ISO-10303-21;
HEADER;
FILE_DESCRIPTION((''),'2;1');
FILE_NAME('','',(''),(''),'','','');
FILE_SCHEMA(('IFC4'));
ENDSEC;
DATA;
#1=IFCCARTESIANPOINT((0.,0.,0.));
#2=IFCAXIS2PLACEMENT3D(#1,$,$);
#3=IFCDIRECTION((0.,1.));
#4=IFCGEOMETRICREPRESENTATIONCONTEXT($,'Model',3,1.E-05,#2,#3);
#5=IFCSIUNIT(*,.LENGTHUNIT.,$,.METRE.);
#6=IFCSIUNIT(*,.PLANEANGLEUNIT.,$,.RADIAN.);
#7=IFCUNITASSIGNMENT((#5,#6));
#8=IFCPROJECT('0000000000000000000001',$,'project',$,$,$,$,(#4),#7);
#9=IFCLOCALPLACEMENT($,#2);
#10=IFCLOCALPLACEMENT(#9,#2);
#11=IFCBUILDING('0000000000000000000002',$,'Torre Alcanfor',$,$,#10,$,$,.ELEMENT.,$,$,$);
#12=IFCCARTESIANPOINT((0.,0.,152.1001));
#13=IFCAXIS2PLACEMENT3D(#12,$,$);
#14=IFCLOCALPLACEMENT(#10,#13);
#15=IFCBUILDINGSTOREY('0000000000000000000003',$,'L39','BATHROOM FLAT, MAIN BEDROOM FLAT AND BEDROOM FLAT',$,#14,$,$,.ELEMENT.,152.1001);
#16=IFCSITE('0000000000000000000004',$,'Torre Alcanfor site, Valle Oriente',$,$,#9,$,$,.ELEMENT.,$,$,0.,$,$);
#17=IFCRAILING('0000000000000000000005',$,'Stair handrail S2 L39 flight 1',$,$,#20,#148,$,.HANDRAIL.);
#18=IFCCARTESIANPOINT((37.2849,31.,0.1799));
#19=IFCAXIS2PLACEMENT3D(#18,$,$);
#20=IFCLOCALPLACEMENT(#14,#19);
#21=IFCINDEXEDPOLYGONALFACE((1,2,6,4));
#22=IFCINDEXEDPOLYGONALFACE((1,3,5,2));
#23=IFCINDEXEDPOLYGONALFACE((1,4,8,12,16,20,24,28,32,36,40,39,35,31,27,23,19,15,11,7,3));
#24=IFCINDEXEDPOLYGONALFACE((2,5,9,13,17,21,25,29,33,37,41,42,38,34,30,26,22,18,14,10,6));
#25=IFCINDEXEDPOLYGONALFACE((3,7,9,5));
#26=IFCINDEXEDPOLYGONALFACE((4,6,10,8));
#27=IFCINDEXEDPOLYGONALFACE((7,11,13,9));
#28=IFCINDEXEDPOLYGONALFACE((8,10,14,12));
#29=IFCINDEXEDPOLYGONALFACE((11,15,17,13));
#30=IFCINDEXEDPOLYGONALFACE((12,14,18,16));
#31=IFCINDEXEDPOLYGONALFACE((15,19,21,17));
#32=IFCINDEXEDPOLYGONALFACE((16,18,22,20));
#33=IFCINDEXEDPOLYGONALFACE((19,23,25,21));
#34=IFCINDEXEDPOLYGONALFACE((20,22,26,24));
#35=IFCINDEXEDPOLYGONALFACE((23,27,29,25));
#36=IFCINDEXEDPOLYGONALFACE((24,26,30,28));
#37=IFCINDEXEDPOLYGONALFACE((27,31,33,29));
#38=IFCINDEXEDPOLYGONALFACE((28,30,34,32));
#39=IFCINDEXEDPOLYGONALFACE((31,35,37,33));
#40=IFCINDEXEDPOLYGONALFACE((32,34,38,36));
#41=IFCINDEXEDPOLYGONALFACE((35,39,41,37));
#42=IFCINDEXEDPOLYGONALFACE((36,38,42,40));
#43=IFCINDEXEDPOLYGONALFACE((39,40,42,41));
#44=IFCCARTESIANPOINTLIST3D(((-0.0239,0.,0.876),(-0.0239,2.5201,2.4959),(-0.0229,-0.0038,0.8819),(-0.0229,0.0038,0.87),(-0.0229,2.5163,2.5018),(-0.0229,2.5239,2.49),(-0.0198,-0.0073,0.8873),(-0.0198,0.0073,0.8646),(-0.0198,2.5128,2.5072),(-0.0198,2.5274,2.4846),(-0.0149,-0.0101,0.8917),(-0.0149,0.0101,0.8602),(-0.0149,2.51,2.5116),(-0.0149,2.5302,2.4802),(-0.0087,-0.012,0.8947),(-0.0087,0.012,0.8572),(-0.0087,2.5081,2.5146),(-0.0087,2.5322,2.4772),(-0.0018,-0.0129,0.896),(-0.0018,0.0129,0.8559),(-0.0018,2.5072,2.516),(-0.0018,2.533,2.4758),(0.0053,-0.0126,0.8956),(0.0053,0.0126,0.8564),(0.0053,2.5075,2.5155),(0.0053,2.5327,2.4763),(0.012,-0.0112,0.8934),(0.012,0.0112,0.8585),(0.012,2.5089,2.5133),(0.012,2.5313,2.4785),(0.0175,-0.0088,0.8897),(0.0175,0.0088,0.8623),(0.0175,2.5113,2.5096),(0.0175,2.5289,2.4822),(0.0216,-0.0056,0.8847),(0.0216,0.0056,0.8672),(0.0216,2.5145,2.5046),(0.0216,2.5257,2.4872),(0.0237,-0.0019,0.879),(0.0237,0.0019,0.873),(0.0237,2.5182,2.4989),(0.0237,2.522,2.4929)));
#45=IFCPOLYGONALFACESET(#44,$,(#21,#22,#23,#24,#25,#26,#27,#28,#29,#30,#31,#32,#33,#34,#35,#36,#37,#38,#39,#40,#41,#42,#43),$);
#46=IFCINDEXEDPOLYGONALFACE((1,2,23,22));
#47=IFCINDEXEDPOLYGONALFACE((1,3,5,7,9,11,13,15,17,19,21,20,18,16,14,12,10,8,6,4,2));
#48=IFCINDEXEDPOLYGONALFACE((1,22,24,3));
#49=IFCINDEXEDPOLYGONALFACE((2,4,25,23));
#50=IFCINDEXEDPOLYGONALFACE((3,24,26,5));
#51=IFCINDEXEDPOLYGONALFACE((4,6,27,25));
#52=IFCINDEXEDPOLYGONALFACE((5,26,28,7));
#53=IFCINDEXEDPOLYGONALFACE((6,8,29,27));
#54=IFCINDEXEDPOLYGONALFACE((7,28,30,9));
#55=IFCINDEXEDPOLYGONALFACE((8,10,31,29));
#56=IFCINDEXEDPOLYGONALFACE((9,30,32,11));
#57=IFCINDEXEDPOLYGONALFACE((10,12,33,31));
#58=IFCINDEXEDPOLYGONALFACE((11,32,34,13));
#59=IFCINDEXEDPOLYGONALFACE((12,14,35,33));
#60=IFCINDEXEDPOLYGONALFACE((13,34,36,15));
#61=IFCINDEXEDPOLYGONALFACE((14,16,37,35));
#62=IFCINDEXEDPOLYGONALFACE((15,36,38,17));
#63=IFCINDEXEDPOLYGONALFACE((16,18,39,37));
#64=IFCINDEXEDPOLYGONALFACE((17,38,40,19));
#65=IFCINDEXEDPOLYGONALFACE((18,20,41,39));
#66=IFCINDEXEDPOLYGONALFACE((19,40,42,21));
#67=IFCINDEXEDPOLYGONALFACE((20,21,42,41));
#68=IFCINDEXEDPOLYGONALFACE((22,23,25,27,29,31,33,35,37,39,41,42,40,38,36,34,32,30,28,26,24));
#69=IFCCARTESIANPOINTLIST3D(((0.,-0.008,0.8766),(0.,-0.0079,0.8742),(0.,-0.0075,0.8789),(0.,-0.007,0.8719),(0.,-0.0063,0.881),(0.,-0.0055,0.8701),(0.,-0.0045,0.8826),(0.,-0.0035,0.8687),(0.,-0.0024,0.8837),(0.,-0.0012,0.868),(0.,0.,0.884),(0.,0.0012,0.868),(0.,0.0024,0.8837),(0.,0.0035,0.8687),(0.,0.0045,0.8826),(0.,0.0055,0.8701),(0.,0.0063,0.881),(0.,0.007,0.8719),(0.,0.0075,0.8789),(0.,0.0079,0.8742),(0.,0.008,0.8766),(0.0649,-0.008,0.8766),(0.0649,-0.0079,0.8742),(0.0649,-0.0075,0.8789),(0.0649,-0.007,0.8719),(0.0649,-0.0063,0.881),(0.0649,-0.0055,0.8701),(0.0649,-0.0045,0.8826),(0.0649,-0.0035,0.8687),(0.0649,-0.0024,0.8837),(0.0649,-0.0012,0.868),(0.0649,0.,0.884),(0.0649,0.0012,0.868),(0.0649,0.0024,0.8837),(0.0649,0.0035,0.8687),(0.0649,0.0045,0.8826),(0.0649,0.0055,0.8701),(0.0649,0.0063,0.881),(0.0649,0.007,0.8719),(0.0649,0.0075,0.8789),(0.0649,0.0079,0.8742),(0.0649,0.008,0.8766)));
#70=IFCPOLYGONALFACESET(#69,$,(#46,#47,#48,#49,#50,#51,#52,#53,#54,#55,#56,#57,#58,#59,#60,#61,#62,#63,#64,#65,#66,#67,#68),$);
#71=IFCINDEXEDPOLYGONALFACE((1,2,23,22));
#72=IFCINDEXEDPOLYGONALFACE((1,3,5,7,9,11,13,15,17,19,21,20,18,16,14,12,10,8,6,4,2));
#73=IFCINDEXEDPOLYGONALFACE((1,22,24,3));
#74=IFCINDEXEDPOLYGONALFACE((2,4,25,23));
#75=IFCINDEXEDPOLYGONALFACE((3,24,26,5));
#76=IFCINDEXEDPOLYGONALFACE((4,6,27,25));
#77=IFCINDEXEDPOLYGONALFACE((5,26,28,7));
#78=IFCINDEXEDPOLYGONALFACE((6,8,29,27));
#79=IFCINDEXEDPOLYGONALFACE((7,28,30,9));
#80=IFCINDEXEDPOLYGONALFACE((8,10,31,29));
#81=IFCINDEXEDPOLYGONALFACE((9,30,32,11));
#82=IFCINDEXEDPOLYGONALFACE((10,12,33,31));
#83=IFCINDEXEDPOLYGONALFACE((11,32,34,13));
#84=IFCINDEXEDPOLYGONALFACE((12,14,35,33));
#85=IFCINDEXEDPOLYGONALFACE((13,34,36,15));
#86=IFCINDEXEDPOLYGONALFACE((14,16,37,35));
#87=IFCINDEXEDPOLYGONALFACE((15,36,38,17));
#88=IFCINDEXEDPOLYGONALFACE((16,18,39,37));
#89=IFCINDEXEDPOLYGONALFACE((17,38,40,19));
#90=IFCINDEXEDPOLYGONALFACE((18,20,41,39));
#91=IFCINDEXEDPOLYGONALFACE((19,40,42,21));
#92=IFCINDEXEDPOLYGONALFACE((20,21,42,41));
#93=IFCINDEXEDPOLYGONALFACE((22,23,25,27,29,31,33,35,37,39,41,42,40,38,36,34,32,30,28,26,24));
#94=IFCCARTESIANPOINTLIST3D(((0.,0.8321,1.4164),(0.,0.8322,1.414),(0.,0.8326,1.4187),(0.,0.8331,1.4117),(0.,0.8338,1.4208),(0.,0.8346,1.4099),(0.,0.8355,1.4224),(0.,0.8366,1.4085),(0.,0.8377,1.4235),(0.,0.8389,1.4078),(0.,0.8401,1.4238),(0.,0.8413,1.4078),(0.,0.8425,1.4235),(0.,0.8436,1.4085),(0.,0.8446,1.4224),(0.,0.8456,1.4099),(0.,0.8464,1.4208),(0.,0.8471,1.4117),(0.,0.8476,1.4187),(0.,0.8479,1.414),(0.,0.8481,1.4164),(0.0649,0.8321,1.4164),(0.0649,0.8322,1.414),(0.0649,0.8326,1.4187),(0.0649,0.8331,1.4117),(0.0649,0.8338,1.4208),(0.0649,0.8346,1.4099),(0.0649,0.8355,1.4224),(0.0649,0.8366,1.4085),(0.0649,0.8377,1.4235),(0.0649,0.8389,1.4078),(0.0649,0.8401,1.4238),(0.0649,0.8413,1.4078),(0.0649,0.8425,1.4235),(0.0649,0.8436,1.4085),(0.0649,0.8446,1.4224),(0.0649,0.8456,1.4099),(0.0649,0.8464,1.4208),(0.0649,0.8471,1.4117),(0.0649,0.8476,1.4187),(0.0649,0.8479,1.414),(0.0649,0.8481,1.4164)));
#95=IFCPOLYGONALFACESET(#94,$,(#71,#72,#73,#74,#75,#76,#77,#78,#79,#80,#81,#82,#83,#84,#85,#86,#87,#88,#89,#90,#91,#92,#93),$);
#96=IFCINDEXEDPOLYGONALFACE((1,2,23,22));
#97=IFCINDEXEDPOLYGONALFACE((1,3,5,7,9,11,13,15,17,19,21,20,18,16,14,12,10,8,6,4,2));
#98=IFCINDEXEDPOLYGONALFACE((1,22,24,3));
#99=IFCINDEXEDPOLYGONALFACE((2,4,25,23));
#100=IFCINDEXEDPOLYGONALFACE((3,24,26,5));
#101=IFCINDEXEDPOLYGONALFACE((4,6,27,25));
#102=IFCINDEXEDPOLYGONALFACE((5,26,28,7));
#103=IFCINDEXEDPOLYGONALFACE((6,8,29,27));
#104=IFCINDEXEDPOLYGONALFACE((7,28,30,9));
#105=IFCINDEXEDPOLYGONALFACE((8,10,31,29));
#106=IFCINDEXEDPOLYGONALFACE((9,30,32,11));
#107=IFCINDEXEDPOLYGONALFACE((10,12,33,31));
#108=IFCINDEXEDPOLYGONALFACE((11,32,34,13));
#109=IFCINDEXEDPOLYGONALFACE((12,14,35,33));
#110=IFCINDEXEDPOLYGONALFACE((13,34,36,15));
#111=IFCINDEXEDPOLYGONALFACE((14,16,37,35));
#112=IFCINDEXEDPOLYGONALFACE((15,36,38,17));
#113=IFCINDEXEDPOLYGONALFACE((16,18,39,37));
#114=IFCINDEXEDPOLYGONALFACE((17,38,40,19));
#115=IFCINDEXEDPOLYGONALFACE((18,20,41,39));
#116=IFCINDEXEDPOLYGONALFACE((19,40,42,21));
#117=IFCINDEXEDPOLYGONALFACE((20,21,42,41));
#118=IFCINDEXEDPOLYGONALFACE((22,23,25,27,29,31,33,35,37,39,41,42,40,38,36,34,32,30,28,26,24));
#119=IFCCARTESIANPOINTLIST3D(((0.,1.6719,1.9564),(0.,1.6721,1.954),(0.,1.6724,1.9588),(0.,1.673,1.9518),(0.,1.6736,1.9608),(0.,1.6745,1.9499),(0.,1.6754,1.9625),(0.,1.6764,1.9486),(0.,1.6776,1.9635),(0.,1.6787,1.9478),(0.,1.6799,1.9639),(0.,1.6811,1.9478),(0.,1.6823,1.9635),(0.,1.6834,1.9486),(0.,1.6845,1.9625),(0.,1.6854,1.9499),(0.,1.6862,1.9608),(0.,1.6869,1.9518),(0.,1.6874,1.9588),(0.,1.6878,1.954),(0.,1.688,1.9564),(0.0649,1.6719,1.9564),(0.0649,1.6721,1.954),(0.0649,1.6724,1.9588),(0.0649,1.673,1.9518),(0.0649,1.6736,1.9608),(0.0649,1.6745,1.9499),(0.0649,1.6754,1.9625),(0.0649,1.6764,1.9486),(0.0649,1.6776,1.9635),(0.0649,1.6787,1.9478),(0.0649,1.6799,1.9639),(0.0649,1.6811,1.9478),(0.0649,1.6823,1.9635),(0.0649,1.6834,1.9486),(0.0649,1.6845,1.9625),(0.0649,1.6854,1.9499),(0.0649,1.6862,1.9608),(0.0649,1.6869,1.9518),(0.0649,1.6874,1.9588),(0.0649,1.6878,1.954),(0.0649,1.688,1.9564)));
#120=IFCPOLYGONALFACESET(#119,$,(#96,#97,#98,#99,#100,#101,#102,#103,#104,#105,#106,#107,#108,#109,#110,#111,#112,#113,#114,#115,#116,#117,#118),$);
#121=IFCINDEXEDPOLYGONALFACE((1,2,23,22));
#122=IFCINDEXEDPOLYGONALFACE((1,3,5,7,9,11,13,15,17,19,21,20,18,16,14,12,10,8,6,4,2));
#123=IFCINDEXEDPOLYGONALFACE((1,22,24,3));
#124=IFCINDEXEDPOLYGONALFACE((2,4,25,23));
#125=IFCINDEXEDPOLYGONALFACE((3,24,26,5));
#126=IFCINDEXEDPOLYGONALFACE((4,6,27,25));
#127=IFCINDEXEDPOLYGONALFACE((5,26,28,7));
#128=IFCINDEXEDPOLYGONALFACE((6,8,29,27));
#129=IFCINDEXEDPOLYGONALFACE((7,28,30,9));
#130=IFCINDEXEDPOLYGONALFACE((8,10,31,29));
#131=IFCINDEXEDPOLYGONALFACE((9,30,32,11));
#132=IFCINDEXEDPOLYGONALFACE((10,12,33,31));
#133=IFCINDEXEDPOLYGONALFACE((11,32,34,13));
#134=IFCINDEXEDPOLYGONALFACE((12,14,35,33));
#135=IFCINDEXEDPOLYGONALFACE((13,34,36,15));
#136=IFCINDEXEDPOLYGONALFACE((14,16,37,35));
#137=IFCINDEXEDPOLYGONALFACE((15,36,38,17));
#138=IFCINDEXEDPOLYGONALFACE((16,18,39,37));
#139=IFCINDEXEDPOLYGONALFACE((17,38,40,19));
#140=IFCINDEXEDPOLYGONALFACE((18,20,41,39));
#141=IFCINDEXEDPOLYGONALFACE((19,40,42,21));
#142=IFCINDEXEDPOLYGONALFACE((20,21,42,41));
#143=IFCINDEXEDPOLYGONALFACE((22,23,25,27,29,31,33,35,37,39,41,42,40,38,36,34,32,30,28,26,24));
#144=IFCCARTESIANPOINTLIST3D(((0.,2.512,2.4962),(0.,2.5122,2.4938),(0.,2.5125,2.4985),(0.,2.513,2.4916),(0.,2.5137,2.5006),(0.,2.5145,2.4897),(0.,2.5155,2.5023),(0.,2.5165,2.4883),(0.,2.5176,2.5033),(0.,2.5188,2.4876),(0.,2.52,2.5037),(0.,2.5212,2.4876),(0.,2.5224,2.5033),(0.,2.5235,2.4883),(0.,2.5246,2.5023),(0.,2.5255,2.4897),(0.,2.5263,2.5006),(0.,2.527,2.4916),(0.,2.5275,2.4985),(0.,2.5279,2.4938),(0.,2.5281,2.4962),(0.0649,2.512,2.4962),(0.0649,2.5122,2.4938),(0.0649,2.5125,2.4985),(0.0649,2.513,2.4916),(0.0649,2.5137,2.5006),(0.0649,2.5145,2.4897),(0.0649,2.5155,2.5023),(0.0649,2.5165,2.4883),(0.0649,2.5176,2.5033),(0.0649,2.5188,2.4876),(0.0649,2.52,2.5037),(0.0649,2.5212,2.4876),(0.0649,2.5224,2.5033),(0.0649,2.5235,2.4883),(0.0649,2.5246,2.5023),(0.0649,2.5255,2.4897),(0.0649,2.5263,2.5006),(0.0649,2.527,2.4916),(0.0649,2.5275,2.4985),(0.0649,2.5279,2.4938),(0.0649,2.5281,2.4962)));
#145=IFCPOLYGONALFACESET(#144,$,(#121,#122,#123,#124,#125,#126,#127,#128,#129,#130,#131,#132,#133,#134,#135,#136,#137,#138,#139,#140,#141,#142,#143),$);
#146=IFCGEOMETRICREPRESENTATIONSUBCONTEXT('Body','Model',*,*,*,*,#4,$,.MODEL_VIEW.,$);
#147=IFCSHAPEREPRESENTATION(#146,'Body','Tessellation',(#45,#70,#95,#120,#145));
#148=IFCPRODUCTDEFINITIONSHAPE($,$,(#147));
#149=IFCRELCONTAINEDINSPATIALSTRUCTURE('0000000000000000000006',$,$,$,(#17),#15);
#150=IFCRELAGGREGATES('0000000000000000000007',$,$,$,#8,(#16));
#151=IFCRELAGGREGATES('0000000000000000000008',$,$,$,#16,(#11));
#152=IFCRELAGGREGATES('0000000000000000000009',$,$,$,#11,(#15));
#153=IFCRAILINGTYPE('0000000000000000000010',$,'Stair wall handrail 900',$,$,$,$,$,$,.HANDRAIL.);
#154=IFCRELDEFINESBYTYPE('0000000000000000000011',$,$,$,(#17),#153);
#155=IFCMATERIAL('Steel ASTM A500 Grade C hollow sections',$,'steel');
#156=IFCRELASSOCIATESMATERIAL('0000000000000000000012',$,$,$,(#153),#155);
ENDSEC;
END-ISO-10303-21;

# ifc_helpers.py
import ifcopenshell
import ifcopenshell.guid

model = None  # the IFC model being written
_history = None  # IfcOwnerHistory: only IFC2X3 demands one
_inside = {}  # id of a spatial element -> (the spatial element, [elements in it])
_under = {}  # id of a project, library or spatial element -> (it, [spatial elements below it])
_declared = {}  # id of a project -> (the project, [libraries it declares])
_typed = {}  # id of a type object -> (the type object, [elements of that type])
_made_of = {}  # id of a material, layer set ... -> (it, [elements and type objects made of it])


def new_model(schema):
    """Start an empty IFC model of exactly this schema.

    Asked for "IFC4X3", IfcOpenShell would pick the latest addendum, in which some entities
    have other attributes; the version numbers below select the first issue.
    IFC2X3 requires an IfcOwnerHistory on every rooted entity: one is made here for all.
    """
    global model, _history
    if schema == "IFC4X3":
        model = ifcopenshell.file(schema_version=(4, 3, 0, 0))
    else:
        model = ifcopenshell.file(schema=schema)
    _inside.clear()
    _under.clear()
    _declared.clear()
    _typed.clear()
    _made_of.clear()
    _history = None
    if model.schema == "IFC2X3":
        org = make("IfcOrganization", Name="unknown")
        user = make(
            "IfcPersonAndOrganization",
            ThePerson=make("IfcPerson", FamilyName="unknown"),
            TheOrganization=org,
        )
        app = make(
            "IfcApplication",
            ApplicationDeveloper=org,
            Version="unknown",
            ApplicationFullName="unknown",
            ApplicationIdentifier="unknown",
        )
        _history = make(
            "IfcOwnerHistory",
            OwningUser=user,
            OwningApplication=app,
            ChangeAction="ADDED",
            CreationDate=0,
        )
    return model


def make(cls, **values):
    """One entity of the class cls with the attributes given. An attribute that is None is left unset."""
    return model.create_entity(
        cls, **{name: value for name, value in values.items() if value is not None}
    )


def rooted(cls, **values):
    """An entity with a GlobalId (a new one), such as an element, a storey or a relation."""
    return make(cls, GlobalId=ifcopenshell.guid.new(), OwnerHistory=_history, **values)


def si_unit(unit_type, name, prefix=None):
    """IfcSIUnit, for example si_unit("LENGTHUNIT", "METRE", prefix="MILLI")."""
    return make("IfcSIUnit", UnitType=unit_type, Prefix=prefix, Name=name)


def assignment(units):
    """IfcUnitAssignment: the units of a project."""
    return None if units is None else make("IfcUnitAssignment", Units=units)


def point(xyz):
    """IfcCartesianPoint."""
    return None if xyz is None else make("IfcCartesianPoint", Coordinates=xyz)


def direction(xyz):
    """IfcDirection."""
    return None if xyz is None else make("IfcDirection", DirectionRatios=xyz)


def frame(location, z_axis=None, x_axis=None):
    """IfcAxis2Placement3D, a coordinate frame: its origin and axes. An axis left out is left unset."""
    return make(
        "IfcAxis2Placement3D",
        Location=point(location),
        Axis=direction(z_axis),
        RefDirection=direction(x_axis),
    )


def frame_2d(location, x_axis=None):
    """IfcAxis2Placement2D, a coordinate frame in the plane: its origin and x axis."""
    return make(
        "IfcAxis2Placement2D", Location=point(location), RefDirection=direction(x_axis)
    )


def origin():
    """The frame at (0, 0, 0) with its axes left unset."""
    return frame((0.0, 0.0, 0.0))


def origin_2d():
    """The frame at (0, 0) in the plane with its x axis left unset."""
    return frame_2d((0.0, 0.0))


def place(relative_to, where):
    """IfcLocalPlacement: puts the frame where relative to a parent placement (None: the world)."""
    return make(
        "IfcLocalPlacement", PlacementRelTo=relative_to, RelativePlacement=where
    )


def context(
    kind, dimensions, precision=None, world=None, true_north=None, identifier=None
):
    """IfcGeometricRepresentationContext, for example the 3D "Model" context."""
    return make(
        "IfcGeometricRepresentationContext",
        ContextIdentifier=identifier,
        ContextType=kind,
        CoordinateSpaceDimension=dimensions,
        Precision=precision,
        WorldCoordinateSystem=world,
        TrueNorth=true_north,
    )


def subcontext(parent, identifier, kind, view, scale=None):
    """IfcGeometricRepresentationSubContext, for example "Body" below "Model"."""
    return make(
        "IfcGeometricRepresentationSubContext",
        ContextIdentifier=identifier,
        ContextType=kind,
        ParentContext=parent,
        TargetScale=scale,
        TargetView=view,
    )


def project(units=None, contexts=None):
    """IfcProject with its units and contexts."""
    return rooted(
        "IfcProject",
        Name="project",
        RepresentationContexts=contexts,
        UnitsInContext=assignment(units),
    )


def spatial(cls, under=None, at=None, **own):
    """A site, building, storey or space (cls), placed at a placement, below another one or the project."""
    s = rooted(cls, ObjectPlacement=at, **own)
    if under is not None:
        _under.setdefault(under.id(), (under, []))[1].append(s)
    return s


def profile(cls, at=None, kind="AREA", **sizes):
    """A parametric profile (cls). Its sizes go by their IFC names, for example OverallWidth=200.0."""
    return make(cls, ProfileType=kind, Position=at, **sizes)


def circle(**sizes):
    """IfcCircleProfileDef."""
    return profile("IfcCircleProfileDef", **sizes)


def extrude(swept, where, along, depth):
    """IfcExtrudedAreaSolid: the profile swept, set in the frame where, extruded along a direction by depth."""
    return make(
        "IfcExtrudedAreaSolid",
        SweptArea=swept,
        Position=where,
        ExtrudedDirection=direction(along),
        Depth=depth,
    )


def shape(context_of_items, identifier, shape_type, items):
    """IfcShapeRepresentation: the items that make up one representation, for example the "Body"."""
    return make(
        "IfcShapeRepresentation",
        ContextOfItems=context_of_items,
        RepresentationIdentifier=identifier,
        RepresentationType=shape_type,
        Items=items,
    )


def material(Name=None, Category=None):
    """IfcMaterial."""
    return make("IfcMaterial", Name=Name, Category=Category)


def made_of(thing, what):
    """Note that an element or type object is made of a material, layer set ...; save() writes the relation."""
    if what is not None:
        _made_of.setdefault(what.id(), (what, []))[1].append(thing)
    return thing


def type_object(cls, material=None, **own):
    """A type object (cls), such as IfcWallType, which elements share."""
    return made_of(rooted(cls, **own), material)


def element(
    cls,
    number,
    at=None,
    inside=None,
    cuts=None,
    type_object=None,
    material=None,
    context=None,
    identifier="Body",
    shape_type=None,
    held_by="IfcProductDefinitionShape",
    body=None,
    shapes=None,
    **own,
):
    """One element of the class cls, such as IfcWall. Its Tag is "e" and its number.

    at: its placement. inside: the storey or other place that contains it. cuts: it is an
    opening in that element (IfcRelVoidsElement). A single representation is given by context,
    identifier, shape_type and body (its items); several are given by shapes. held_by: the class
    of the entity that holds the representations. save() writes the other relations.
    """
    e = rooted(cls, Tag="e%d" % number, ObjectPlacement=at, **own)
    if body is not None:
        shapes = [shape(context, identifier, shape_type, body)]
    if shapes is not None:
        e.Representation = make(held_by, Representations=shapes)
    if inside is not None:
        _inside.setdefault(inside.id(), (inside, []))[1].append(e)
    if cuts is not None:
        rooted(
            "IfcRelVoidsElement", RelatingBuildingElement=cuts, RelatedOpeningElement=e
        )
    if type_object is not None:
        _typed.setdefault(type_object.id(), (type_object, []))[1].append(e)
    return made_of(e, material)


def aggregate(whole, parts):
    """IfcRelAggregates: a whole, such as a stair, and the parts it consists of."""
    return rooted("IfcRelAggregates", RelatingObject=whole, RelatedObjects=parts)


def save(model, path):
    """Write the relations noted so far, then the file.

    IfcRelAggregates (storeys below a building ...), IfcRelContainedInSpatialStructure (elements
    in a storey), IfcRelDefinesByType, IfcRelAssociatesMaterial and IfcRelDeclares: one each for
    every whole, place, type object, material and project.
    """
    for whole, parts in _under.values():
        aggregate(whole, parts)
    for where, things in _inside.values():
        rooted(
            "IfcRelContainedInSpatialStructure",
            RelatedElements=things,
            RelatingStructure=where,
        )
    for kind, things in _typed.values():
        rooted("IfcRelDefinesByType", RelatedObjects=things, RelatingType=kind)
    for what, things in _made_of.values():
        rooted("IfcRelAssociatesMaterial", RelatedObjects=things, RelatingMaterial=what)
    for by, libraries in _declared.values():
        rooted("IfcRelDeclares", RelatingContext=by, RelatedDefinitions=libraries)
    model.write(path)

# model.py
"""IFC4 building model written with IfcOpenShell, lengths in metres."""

from ifc_helpers import new_model, si_unit, direction, frame, origin, origin_2d, place, context, subcontext, project, spatial, circle, extrude, material, type_object, element, save


model = new_model("IFC4")

# Units and contexts
model_context = context("Model", 3, precision=1e-05, world=origin(), true_north=direction((0.0, 1.0)))
body_context = subcontext(model_context, "Body", "Model", "MODEL_VIEW")
ifc_project = project(units=[si_unit("LENGTHUNIT", "METRE"), si_unit("PLANEANGLEUNIT", "RADIAN")], contexts=[model_context])

# Site, building, storey
site_placement = place(None, origin())
site = spatial("IfcSite", under=ifc_project, at=site_placement, Name="Torre Alcanfor site, Valle Oriente", CompositionType="ELEMENT", RefElevation=0.0)
building_placement = place(site_placement, origin())
building = spatial("IfcBuilding", under=site, at=building_placement, Name="Torre Alcanfor", CompositionType="ELEMENT")
storey_placement = place(building_placement, frame((0.0, 0.0, 152.1001)))
storey = spatial("IfcBuildingStorey", under=building, at=storey_placement, Name="L39", Description="BATHROOM FLAT, MAIN BEDROOM FLAT AND BEDROOM FLAT", CompositionType="ELEMENT", Elevation=152.1001)

# Railing
ifc_material_1 = material(Name="Steel ASTM A500 Grade C hollow sections", Category="steel")
railing_type_1 = type_object("IfcRailingType", Name="Stair wall handrail 900", PredefinedType="HANDRAIL", material=ifc_material_1)
railing_1_placement = place(storey_placement, frame((37.2849, 31.0, 0.1799)))
element("IfcRailing", 1, at=railing_1_placement, inside=storey, type_object=railing_type_1, Name="Stair handrail S2 L39 flight 1", PredefinedType="HANDRAIL", context=body_context, shape_type="SweptSolid", body=[
    extrude(circle(Radius=0.0239, at=origin_2d()), frame((0.0, 0.0, 0.876), z_axis=(0.0, 0.8412, 0.540725), x_axis=(-1.0, 0.0, 0.0)), (0.0, 0.0, 1.0), 2.9958),
    extrude(circle(Radius=0.0081, at=origin_2d()), frame((0.0, 0.0, 0.876), z_axis=(1.0, 0.0, 0.0), x_axis=(0.0, 0.0, 1.0)), (0.0, 0.0, 1.0), 0.0649),
    extrude(circle(Radius=0.0081, at=origin_2d()), frame((0.0, 0.8401, 1.4158), z_axis=(1.0, 0.0, 0.0), x_axis=(0.0, 0.0, 1.0)), (0.0, 0.0, 1.0), 0.0649),
    extrude(circle(Radius=0.0081, at=origin_2d()), frame((0.0, 1.6799, 1.9558), z_axis=(1.0, 0.0, 0.0), x_axis=(0.0, 0.0, 1.0)), (0.0, 0.0, 1.0), 0.0649),
    extrude(circle(Radius=0.0081, at=origin_2d()), frame((0.0, 2.52, 2.4956), z_axis=(1.0, 0.0, 0.0), x_axis=(0.0, 0.0, 1.0)), (0.0, 0.0, 1.0), 0.0649),
])

save(model, "model.ifc")
